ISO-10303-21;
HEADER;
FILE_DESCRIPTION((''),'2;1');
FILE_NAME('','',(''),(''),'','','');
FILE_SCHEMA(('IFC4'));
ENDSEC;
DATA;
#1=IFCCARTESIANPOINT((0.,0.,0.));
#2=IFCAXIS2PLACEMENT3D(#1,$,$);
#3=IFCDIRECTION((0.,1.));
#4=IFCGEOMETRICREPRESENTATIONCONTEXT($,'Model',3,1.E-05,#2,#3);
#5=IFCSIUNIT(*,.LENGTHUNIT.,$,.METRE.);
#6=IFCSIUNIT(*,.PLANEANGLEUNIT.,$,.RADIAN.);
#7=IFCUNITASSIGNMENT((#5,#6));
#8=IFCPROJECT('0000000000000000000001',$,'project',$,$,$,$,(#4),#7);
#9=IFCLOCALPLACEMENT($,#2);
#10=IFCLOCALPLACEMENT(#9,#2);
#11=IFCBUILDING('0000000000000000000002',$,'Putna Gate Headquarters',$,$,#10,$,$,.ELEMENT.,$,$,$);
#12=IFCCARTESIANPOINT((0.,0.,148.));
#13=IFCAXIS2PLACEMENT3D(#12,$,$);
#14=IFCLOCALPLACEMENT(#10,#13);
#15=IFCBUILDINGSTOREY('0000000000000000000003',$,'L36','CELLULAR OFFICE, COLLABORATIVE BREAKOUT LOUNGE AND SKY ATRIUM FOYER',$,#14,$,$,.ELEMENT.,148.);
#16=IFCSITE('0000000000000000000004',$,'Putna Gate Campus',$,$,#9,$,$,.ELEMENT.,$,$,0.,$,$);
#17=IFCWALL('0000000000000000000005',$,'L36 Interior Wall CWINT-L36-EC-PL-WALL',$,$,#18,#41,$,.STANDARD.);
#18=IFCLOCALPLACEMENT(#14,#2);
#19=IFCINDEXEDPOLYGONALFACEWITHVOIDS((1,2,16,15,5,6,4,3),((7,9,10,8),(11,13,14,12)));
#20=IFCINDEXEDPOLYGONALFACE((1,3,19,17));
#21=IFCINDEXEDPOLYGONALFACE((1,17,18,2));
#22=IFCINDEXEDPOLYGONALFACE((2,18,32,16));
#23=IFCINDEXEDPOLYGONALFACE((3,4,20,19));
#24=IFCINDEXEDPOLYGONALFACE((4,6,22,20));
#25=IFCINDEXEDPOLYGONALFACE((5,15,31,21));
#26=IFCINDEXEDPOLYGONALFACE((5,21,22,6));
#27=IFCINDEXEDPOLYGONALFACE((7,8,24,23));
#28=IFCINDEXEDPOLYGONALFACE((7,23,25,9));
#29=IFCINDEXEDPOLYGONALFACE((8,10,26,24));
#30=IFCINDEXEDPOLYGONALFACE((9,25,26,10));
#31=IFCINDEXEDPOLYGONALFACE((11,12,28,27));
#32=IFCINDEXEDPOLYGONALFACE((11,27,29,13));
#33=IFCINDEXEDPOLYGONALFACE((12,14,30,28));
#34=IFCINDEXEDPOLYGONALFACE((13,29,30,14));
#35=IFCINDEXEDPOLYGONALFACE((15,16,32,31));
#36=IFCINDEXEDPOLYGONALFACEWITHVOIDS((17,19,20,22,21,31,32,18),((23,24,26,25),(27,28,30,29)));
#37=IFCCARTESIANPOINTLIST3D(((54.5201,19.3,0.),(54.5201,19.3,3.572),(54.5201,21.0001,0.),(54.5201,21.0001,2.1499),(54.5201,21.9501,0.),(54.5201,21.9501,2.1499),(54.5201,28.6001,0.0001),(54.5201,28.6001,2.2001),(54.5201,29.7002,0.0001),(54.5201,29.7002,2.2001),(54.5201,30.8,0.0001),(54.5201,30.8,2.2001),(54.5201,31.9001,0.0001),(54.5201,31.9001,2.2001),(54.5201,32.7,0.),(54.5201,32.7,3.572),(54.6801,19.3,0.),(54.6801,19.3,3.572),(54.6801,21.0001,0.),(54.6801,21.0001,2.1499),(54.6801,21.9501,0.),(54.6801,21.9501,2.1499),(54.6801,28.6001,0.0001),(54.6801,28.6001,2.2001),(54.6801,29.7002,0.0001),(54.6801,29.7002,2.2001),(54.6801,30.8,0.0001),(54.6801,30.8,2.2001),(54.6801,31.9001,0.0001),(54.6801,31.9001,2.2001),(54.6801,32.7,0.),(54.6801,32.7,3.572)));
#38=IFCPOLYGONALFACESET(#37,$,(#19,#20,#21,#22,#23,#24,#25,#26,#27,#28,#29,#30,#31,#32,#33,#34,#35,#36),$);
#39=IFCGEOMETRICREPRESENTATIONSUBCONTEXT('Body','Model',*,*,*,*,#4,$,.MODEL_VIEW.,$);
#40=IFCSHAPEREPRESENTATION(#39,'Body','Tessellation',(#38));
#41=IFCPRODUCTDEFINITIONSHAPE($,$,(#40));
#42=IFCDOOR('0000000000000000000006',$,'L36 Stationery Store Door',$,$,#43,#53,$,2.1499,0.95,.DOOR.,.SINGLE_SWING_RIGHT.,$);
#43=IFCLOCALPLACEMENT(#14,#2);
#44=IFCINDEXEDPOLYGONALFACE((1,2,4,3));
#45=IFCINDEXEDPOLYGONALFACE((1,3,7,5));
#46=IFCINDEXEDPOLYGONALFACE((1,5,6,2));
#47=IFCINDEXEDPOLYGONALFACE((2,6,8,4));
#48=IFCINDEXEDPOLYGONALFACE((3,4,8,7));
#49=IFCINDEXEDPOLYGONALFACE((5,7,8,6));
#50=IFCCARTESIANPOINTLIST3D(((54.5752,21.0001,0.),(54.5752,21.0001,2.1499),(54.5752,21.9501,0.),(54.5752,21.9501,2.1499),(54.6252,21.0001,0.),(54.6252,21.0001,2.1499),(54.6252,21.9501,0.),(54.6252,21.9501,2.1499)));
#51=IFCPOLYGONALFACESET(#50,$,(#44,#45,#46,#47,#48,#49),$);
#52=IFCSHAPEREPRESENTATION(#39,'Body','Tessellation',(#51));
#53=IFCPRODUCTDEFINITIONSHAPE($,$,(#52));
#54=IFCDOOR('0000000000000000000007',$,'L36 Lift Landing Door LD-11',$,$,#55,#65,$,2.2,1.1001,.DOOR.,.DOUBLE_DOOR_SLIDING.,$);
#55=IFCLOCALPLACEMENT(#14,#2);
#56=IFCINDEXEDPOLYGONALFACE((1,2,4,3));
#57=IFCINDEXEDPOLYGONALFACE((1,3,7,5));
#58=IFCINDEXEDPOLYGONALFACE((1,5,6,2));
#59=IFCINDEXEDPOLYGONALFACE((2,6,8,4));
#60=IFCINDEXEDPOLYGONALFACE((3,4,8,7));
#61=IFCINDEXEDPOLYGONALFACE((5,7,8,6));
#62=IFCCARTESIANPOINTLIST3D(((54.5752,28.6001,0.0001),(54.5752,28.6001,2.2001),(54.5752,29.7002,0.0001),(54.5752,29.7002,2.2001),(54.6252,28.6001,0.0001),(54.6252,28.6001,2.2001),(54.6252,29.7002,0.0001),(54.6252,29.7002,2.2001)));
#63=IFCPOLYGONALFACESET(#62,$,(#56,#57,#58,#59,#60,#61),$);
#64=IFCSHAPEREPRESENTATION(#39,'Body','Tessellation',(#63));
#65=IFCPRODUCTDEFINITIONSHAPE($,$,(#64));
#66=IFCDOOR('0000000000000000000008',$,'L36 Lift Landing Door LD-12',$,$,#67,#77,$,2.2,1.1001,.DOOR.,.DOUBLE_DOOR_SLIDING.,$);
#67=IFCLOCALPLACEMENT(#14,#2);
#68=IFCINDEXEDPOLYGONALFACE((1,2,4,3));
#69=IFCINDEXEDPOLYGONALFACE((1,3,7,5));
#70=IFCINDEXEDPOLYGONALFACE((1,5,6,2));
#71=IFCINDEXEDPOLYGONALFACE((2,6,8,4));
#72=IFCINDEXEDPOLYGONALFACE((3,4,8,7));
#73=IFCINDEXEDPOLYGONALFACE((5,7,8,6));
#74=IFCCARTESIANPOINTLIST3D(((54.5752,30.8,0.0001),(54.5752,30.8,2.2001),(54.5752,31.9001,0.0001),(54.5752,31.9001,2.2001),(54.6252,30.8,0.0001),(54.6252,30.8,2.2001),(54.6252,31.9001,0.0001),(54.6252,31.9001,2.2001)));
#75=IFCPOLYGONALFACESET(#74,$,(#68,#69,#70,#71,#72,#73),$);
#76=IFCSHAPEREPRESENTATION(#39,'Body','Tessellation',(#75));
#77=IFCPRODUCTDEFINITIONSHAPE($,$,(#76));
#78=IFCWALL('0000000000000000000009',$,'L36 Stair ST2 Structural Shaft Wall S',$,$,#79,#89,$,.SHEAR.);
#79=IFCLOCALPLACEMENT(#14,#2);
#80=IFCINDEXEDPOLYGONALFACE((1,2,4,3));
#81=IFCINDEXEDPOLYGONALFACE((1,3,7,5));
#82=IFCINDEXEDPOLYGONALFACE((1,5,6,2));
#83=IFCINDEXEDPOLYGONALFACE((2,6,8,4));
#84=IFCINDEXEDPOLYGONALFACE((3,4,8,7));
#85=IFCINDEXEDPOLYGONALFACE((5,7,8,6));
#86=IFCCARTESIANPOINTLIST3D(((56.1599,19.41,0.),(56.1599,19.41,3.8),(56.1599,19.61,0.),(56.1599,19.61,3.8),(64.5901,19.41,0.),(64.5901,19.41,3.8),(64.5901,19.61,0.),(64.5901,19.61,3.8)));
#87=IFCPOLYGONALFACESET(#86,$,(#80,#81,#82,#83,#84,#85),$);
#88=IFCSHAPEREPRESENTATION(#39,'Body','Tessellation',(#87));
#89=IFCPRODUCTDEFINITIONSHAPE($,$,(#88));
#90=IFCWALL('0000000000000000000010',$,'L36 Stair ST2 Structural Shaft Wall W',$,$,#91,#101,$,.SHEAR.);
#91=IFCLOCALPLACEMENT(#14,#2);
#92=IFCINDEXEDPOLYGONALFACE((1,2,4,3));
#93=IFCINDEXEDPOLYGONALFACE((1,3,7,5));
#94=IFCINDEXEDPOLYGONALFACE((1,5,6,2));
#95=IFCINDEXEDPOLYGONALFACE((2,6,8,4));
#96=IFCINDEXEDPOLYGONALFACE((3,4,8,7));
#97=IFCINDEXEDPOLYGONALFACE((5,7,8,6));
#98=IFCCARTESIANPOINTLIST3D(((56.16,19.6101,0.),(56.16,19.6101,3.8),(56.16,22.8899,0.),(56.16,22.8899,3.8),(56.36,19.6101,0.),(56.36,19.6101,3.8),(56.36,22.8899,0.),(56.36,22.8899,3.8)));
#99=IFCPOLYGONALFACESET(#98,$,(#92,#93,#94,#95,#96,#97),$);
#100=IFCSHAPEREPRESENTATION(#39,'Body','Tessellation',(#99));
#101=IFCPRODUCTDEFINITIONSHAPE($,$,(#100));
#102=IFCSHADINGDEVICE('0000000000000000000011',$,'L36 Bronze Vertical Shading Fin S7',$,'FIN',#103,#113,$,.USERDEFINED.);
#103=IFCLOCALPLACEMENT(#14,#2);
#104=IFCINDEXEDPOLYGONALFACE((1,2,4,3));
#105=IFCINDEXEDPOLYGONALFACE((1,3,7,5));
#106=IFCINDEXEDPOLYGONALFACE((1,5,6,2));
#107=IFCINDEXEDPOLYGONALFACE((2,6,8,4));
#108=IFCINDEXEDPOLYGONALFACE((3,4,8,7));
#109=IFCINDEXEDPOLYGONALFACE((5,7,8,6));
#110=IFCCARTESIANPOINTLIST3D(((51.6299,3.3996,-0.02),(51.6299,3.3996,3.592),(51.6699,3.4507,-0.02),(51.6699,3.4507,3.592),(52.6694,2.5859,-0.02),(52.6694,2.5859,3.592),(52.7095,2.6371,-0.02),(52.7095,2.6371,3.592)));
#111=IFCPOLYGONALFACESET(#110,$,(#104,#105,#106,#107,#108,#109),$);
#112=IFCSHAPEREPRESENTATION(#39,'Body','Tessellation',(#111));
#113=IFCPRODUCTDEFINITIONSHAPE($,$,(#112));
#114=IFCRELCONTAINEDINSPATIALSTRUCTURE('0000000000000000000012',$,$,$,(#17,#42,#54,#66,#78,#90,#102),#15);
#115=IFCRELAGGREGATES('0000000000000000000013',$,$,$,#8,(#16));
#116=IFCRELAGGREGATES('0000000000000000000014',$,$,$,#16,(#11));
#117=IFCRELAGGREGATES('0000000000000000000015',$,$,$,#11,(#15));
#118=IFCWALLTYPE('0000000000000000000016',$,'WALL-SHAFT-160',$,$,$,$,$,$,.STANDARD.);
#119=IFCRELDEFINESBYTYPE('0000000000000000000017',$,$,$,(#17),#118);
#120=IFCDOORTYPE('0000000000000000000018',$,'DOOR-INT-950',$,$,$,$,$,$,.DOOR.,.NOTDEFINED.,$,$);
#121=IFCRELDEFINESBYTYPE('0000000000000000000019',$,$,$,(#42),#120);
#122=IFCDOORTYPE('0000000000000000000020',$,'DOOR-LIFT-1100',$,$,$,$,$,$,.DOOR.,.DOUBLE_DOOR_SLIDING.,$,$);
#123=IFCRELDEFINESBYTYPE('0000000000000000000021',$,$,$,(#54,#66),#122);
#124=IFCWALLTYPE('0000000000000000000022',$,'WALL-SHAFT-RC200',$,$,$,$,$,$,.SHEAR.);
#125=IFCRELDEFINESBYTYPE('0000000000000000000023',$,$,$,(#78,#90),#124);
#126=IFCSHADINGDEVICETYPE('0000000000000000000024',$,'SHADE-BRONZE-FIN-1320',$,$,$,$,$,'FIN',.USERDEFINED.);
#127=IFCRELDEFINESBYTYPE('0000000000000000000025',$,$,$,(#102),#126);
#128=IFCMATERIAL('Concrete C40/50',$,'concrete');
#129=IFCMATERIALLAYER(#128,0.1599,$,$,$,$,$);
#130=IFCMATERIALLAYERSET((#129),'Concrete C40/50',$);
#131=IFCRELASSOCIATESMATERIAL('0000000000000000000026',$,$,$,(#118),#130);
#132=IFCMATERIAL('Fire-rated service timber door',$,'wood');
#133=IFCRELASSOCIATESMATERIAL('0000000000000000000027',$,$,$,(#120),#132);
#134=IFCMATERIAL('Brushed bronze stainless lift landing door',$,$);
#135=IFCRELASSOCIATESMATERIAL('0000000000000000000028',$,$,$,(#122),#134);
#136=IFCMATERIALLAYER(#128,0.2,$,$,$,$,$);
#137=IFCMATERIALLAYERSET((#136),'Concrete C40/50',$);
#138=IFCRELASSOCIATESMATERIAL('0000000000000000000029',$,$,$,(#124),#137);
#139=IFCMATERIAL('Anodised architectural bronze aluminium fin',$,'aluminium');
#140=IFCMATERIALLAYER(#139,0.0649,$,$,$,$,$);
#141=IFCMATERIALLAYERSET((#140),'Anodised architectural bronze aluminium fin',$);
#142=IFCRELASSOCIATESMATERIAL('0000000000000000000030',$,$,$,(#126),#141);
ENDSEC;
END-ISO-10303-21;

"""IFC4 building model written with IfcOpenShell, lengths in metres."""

from ifc_helpers import new_model, si_unit, direction, frame, frame_2d, origin, origin_2d, place, context, subcontext, project, spatial, rectangle, extrude, material, layer, layer_set, type_object, element, fill, save


model = new_model("IFC4")

# Units and contexts
model_context = context("Model", 3, precision=1e-05, world=origin(), true_north=direction((0.0, 1.0)))
body_context = subcontext(model_context, "Body", "Model", "MODEL_VIEW")
ifc_project = project(units=[si_unit("LENGTHUNIT", "METRE"), si_unit("PLANEANGLEUNIT", "RADIAN")], contexts=[model_context])

# Site, building, storey
site_placement = place(None, origin())
site = spatial("IfcSite", under=ifc_project, at=site_placement, Name="Putna Gate Campus", CompositionType="ELEMENT", RefElevation=0.0)
building_placement = place(site_placement, origin())
building = spatial("IfcBuilding", under=site, at=building_placement, Name="Putna Gate Headquarters", CompositionType="ELEMENT")
storey_placement = place(building_placement, frame((0.0, 0.0, 148.0)))
storey = spatial("IfcBuildingStorey", under=building, at=storey_placement, Name="L36", Description="CELLULAR OFFICE, COLLABORATIVE BREAKOUT LOUNGE AND SKY ATRIUM FOYER", CompositionType="ELEMENT", Elevation=148.0)

# Wall, openings, doors
ifc_material_1 = material(Name="Concrete C40/50", Category="concrete")
ifc_layer_1 = layer(ifc_material_1, 0.1599)
ifc_layer_set_1 = layer_set([ifc_layer_1], Name="Concrete C40/50")
wall_type_1 = type_object("IfcWallType", Name="WALL-SHAFT-160", PredefinedType="STANDARD", material=ifc_layer_set_1)
wall_1_placement = place(storey_placement, frame((54.6001, 19.3, 0.0), z_axis=(0.0, 0.0, 1.0), x_axis=(0.0, 1.0, 0.0)))
wall_1 = element("IfcWall", 1, at=wall_1_placement, inside=storey, type_object=wall_type_1, Name="L36 Interior Wall CWINT-L36-EC-PL-WALL", PredefinedType="STANDARD", context=body_context, shape_type="SweptSolid", body=[
    extrude(rectangle(XDim=13.3999, YDim=0.1599, at=frame_2d((6.7, 0.0))), origin(), (0.0, 0.0, 1.0), 3.572),
])
opening_1_placement = place(wall_1_placement, frame((1.7, 0.0, 0.0)))
opening_1 = element("IfcOpeningElement", 2, at=opening_1_placement, cuts=wall_1, PredefinedType="OPENING", context=body_context, shape_type="SweptSolid", body=[
    extrude(rectangle(XDim=0.95, YDim=2.1499, at=frame_2d((0.4751, 1.075))), frame((0.0, 0.0898, 0.0), z_axis=(0.0, -1.0, 0.0), x_axis=(1.0, 0.0, 0.0)), (0.0, 0.0, 1.0), 0.1799),
])
opening_2_placement = place(wall_1_placement, frame((9.3, 0.0, 0.0)))
opening_2 = element("IfcOpeningElement", 3, at=opening_2_placement, cuts=wall_1, PredefinedType="OPENING", context=body_context, shape_type="SweptSolid", body=[
    extrude(rectangle(XDim=1.1001, YDim=2.2, at=frame_2d((0.55, 1.1001))), frame((0.0, 0.0898, 0.0), z_axis=(0.0, -1.0, 0.0), x_axis=(1.0, 0.0, 0.0)), (0.0, 0.0, 1.0), 0.1799),
])
opening_3_placement = place(wall_1_placement, frame((11.5, 0.0, 0.0)))
opening_3 = element("IfcOpeningElement", 4, at=opening_3_placement, cuts=wall_1, PredefinedType="OPENING", context=body_context, shape_type="SweptSolid", body=[
    extrude(rectangle(XDim=1.1001, YDim=2.2, at=frame_2d((0.55, 1.1001))), frame((0.0, 0.0898, 0.0), z_axis=(0.0, -1.0, 0.0), x_axis=(1.0, 0.0, 0.0)), (0.0, 0.0, 1.0), 0.1799),
])
ifc_material_2 = material(Name="Fire-rated service timber door", Category="wood")
door_type_1 = type_object("IfcDoorType", Name="DOOR-INT-950", OperationType="NOTDEFINED", PredefinedType="DOOR", material=ifc_material_2)
door_1_placement = place(opening_1_placement, origin())
door_1 = element("IfcDoor", 5, at=door_1_placement, inside=storey, type_object=door_type_1, Name="L36 Stationery Store Door", OperationType="SINGLE_SWING_RIGHT", OverallHeight=2.1499, OverallWidth=0.95, PredefinedType="DOOR", context=body_context, shape_type="SweptSolid", body=[
    extrude(rectangle(XDim=0.95, YDim=2.1499, at=frame_2d((0.4751, 1.075))), frame((0.0, 0.0249, 0.0), z_axis=(0.0, -1.0, 0.0), x_axis=(1.0, 0.0, 0.0)), (0.0, 0.0, 1.0), 0.05),
])
fill(opening_1, door_1)
ifc_material_3 = material(Name="Brushed bronze stainless lift landing door")
door_type_2 = type_object("IfcDoorType", Name="DOOR-LIFT-1100", OperationType="DOUBLE_DOOR_SLIDING", PredefinedType="DOOR", material=ifc_material_3)
door_2_placement = place(opening_2_placement, origin())
door_2 = element("IfcDoor", 6, at=door_2_placement, inside=storey, type_object=door_type_2, Name="L36 Lift Landing Door LD-11", OperationType="DOUBLE_DOOR_SLIDING", OverallHeight=2.2, OverallWidth=1.1001, PredefinedType="DOOR", context=body_context, shape_type="SweptSolid", body=[
    extrude(rectangle(XDim=1.1001, YDim=2.2, at=frame_2d((0.55, 1.1001))), frame((0.0, 0.0249, 0.0), z_axis=(0.0, -1.0, 0.0), x_axis=(1.0, 0.0, 0.0)), (0.0, 0.0, 1.0), 0.05),
])
fill(opening_2, door_2)
door_3_placement = place(opening_3_placement, origin())
door_3 = element("IfcDoor", 7, at=door_3_placement, inside=storey, type_object=door_type_2, Name="L36 Lift Landing Door LD-12", OperationType="DOUBLE_DOOR_SLIDING", OverallHeight=2.2, OverallWidth=1.1001, PredefinedType="DOOR", context=body_context, shape_type="SweptSolid", body=[
    extrude(rectangle(XDim=1.1001, YDim=2.2, at=frame_2d((0.55, 1.1001))), frame((0.0, 0.0249, 0.0), z_axis=(0.0, -1.0, 0.0), x_axis=(1.0, 0.0, 0.0)), (0.0, 0.0, 1.0), 0.05),
])
fill(opening_3, door_3)

# Walls
ifc_layer_2 = layer(ifc_material_1, 0.2)
ifc_layer_set_2 = layer_set([ifc_layer_2], Name="Concrete C40/50")
wall_type_2 = type_object("IfcWallType", Name="WALL-SHAFT-RC200", PredefinedType="SHEAR", material=ifc_layer_set_2)
wall_2_placement = place(storey_placement, frame((56.1599, 19.51, 0.0), z_axis=(0.0, 0.0, 1.0), x_axis=(1.0, 0.0, 0.0)))
element("IfcWall", 8, at=wall_2_placement, inside=storey, type_object=wall_type_2, Name="L36 Stair ST2 Structural Shaft Wall S", PredefinedType="SHEAR", context=body_context, shape_type="SweptSolid", body=[
    extrude(rectangle(XDim=8.4302, YDim=0.2, at=frame_2d((4.2151, 0.0))), origin(), (0.0, 0.0, 1.0), 3.8),
])
wall_3_placement = place(storey_placement, frame((56.26, 19.6101, 0.0), z_axis=(0.0, 0.0, 1.0), x_axis=(0.0, 1.0, 0.0)))
element("IfcWall", 9, at=wall_3_placement, inside=storey, type_object=wall_type_2, Name="L36 Stair ST2 Structural Shaft Wall W", PredefinedType="SHEAR", context=body_context, shape_type="SweptSolid", body=[
    extrude(rectangle(XDim=3.2798, YDim=0.2, at=frame_2d((1.6399, 0.0))), origin(), (0.0, 0.0, 1.0), 3.8),
])

# Shading device
ifc_material_4 = material(Name="Anodised architectural bronze aluminium fin", Category="aluminium")
ifc_layer_3 = layer(ifc_material_4, 0.0649)
ifc_layer_set_3 = layer_set([ifc_layer_3], Name="Anodised architectural bronze aluminium fin")
shading_device_type = type_object("IfcShadingDeviceType", Name="SHADE-BRONZE-FIN-1320", ElementType="FIN", PredefinedType="USERDEFINED", material=ifc_layer_set_3)
shading_device_placement = place(storey_placement, frame((52.1697, 3.0183, -0.02), z_axis=(0.0, 0.0, 1.0), x_axis=(0.787473, -0.616349, 0.0)))
element("IfcShadingDevice", 10, at=shading_device_placement, inside=storey, type_object=shading_device_type, Name="L36 Bronze Vertical Shading Fin S7", ObjectType="FIN", PredefinedType="USERDEFINED", context=body_context, shape_type="SweptSolid", body=[
    extrude(rectangle(XDim=1.3201, YDim=0.0649, at=origin_2d()), origin(), (0.0, 0.0, 1.0), 3.6121),
])

save(model, "model.ifc")
